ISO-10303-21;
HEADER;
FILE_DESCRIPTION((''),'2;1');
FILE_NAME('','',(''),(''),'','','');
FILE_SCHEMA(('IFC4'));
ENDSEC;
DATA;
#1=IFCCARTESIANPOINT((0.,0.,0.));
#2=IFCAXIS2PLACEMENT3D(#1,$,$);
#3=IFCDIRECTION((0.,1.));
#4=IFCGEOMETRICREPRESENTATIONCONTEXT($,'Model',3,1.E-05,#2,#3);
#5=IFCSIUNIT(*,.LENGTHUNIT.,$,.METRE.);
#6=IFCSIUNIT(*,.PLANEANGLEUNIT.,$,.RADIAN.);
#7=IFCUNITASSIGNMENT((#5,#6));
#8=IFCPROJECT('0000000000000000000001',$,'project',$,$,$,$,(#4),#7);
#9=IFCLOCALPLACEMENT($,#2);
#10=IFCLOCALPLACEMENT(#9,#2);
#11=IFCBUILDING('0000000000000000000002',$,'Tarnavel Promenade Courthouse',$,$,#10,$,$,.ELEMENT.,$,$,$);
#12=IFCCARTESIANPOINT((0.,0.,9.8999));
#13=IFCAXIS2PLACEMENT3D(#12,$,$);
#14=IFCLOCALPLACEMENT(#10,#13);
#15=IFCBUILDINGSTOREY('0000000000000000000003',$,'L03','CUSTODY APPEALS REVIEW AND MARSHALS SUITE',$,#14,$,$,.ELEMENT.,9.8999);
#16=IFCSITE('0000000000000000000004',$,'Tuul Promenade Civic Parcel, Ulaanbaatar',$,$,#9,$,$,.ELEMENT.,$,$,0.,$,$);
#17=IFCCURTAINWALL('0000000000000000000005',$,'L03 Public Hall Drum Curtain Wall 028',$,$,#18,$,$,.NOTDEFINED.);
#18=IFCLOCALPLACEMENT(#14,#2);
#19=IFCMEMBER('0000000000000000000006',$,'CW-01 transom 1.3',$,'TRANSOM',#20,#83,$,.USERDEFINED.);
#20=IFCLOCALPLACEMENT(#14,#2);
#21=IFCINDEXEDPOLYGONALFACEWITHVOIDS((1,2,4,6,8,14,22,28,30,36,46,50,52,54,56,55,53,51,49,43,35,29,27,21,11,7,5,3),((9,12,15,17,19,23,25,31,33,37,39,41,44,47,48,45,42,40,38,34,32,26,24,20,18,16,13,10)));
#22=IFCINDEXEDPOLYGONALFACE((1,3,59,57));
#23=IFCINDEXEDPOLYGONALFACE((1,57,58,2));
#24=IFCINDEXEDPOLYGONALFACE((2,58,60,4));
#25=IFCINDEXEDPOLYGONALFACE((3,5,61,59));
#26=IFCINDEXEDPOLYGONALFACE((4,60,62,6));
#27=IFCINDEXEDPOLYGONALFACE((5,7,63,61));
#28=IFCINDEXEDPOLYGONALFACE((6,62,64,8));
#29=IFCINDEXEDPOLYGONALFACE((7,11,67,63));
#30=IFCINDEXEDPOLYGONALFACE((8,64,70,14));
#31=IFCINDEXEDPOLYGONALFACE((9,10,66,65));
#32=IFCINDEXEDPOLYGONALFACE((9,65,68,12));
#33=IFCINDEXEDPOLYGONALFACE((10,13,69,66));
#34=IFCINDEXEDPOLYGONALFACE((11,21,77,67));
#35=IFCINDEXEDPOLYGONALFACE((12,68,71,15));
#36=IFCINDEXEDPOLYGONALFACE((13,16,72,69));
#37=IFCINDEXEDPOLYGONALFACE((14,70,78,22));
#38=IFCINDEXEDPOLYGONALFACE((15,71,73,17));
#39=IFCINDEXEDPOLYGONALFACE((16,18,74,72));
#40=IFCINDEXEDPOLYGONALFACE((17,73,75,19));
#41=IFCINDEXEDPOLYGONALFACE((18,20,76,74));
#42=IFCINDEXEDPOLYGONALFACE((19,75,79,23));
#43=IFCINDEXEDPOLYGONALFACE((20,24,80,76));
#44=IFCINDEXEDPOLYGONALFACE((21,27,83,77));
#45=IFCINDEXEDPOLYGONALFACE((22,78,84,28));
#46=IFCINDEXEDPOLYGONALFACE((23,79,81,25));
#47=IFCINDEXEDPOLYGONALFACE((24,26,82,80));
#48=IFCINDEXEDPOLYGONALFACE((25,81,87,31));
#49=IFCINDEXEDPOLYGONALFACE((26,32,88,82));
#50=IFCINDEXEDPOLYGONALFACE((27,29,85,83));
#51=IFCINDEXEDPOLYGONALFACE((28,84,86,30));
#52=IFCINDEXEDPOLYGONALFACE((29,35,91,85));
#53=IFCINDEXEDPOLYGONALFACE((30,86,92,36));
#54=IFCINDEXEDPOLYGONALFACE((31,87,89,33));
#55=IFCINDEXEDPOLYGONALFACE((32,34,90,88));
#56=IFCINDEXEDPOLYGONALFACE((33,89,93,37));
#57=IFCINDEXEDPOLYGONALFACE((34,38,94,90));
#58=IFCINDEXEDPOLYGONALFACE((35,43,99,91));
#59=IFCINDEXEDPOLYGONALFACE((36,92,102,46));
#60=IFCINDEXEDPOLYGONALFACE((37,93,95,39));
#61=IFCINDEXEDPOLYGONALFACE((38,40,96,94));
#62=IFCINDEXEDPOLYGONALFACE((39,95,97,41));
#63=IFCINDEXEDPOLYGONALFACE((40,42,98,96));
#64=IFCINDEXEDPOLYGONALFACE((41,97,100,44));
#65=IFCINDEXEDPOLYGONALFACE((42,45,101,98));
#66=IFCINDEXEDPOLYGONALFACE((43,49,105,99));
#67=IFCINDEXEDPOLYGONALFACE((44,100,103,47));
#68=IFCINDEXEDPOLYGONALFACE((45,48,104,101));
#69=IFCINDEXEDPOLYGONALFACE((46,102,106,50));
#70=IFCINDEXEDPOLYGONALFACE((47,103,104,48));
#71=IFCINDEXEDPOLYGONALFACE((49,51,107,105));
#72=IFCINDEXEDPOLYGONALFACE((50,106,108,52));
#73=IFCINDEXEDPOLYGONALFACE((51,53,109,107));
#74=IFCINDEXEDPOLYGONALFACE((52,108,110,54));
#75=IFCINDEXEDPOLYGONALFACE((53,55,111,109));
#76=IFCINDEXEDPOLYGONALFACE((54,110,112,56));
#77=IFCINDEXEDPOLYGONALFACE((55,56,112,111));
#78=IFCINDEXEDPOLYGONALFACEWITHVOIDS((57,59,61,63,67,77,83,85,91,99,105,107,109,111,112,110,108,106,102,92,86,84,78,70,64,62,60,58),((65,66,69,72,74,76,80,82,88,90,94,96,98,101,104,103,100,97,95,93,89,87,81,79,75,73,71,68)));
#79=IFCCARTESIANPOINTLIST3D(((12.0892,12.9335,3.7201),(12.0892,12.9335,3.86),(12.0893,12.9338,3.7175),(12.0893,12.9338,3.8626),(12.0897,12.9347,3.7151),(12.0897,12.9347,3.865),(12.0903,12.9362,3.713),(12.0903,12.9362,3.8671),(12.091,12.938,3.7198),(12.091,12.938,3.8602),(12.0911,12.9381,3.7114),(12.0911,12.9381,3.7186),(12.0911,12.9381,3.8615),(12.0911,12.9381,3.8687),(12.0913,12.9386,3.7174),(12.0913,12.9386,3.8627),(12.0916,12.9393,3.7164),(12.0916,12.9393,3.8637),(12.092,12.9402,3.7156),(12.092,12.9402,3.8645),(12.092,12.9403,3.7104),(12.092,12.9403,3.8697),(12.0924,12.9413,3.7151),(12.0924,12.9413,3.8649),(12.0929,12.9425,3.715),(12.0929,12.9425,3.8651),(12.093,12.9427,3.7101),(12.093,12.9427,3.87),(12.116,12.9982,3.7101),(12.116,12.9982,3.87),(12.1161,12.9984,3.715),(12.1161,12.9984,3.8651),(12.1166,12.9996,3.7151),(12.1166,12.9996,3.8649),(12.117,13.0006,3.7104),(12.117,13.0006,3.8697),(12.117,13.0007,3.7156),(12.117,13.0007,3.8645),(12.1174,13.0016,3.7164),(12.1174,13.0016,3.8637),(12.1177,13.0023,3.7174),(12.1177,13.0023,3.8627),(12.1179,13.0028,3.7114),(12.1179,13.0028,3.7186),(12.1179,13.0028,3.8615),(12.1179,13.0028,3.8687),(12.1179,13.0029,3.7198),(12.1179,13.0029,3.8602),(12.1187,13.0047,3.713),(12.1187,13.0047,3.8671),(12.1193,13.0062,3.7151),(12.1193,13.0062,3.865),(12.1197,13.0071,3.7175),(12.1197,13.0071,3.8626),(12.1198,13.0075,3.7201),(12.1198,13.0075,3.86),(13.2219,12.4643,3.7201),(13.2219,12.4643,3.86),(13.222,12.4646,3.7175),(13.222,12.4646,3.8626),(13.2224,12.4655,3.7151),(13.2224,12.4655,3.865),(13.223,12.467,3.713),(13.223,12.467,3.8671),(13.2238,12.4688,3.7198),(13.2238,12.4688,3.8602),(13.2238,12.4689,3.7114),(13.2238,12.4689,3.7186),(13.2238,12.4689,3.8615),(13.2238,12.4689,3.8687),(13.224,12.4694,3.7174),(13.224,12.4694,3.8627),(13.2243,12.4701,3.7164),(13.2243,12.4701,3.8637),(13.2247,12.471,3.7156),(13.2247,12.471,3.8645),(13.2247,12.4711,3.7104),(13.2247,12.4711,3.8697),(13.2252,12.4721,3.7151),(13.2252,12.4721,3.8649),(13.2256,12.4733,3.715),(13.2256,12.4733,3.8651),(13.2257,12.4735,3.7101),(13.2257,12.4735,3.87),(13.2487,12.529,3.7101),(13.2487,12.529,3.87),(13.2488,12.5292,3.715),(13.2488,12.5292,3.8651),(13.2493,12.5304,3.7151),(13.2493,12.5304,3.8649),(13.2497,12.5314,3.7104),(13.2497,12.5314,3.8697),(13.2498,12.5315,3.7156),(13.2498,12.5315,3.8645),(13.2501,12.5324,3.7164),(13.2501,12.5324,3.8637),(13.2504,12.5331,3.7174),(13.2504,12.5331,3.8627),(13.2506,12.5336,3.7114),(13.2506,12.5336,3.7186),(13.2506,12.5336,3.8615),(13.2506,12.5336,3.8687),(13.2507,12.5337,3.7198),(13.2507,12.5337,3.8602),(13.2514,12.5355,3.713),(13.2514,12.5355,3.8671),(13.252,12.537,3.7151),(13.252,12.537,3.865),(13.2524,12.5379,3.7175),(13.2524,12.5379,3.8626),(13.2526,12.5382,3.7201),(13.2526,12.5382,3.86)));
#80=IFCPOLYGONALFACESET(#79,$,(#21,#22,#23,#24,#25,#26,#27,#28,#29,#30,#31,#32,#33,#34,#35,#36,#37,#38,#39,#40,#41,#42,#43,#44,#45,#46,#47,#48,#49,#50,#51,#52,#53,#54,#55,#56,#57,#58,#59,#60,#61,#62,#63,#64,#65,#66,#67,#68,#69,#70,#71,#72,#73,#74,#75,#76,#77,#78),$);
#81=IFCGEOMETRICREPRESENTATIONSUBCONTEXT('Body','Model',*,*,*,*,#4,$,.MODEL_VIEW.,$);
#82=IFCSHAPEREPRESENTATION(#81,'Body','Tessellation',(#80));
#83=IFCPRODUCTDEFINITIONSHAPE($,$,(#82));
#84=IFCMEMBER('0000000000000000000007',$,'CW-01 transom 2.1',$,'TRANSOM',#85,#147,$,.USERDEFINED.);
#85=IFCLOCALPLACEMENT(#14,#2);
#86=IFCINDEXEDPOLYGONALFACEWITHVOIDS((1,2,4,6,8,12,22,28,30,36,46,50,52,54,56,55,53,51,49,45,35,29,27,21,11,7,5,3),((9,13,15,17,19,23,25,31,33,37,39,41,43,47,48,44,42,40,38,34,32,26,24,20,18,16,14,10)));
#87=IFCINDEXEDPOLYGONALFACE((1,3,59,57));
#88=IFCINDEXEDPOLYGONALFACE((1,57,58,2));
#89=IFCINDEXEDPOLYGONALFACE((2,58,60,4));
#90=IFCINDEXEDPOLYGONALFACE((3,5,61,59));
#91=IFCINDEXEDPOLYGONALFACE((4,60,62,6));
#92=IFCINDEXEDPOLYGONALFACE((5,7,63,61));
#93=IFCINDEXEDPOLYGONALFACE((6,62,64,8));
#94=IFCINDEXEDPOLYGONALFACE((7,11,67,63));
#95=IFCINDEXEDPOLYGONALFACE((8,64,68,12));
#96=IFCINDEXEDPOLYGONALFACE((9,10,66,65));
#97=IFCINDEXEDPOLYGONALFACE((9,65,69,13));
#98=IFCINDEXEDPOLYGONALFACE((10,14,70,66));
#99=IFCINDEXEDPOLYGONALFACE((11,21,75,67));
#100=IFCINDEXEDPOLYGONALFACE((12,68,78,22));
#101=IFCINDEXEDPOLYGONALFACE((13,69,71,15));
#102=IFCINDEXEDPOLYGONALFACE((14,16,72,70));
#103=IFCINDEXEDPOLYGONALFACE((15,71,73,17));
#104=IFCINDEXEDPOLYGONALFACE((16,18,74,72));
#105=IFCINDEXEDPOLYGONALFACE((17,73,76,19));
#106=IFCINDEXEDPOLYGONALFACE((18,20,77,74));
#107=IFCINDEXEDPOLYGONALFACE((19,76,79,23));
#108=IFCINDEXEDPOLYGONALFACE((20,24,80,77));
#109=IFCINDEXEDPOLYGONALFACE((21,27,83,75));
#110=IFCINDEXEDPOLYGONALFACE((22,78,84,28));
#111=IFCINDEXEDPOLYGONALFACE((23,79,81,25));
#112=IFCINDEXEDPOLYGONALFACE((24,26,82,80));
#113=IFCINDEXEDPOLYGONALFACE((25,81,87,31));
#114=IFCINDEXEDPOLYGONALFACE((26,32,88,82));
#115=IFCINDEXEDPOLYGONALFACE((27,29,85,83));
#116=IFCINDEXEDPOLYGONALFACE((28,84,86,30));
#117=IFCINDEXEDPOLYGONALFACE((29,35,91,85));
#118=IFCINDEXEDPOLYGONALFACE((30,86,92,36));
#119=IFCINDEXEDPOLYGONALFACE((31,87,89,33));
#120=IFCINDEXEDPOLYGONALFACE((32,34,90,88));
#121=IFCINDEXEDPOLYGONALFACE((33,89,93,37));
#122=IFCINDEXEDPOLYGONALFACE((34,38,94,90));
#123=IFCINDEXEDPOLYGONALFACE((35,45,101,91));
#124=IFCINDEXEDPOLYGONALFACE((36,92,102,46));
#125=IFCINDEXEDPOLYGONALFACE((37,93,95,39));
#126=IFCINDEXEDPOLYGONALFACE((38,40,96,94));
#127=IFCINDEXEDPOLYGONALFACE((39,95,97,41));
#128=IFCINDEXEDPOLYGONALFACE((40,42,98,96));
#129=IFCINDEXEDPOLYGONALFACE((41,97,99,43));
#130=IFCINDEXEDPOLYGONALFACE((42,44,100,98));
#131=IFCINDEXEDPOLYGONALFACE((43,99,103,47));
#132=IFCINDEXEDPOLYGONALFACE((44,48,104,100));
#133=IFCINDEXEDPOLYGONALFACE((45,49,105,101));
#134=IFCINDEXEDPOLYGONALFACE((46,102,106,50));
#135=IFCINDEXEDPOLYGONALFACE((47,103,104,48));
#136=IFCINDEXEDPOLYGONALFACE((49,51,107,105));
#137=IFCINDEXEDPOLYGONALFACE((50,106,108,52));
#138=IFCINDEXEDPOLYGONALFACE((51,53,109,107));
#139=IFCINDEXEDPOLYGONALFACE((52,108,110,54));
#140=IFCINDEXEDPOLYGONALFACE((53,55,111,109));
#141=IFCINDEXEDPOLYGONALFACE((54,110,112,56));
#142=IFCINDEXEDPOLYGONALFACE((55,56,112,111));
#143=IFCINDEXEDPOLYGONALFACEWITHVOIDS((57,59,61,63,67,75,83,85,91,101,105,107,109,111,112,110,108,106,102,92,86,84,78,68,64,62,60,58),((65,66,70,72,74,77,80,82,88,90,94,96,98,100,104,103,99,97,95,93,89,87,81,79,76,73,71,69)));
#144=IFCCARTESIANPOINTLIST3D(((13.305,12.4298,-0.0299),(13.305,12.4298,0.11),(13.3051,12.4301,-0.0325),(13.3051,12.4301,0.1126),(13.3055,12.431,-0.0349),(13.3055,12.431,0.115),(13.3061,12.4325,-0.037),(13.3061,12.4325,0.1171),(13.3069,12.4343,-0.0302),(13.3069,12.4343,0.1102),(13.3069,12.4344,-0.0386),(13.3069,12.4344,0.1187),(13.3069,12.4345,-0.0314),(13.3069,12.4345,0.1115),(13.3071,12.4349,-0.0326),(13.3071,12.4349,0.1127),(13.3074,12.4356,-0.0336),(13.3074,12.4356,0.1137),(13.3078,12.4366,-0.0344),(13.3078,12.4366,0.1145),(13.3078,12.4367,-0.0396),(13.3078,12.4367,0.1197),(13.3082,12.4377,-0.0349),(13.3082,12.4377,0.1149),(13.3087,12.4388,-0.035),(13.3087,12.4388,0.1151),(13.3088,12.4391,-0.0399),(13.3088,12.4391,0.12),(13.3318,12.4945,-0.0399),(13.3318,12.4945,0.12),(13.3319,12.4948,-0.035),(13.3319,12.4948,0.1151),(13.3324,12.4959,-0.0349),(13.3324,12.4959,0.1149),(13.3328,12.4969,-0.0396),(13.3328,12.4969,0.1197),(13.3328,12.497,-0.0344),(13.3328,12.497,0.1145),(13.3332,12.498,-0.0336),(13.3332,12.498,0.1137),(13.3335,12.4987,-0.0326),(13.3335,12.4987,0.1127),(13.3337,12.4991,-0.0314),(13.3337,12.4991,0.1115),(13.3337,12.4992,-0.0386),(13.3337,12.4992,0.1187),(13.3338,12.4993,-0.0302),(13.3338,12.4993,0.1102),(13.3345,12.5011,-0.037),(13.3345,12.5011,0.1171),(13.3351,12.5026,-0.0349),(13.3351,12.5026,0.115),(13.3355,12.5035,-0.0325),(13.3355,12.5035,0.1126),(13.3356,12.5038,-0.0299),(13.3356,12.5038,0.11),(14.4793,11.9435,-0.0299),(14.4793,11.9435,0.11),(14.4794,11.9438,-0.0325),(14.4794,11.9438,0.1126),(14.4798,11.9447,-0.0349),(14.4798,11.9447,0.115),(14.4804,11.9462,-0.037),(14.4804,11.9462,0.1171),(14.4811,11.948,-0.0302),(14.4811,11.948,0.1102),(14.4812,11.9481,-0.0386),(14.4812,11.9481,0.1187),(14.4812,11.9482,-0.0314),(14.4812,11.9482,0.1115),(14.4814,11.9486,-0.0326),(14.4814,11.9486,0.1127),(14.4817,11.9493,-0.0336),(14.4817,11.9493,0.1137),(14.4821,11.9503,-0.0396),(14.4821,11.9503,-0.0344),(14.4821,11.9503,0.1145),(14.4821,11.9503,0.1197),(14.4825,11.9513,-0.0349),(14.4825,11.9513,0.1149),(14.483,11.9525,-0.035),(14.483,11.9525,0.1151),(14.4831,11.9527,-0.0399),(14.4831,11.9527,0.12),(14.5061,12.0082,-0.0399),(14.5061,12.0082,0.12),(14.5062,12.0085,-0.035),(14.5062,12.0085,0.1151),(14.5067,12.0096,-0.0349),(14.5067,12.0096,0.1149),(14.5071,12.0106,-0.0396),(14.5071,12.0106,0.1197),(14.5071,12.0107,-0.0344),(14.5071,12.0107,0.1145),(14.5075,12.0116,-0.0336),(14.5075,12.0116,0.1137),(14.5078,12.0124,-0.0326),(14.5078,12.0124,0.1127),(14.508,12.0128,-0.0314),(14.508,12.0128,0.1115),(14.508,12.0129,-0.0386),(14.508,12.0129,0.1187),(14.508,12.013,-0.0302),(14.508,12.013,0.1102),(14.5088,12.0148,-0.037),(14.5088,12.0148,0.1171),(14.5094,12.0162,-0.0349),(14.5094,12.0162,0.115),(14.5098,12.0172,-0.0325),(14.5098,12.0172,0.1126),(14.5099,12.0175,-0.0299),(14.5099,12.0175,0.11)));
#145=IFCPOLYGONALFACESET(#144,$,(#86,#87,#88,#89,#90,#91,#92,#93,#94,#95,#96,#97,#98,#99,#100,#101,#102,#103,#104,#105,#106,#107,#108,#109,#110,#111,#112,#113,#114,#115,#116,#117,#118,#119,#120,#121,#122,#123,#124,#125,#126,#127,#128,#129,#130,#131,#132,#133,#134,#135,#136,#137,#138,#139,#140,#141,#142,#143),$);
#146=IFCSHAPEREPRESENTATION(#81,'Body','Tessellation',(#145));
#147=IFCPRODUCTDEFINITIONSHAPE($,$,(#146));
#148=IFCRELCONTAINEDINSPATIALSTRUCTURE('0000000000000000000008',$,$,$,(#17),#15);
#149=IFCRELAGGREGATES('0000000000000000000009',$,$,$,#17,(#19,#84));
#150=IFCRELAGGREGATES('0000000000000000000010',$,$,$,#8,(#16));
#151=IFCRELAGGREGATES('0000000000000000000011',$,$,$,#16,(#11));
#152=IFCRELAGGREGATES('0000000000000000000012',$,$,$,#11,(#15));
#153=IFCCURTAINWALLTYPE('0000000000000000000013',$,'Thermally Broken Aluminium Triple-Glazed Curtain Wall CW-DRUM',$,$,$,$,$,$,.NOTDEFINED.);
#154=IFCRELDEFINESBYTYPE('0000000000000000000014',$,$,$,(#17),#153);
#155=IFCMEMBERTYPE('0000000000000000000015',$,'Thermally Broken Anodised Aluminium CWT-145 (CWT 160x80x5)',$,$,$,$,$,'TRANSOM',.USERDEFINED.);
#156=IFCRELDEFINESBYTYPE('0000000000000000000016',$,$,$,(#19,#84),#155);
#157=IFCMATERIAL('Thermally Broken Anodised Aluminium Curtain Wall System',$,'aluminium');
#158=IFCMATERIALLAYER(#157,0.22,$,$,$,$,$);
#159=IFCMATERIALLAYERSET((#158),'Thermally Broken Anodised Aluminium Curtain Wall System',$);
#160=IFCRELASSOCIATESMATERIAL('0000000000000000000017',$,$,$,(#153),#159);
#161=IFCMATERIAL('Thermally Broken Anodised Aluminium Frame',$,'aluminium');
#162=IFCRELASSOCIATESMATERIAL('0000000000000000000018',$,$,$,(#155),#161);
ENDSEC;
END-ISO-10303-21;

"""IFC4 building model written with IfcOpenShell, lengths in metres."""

from ifc_helpers import new_model, si_unit, direction, frame, origin, origin_2d, place, context, subcontext, project, spatial, hollow_rectangle, extrude, material, layer, layer_set, material_profile, profile_set, type_object, element, aggregate, save


model = new_model("IFC4")

# Units and contexts
model_context = context("Model", 3, precision=1e-05, world=origin(), true_north=direction((0.0, 1.0)))
body_context = subcontext(model_context, "Body", "Model", "MODEL_VIEW")
ifc_project = project(units=[si_unit("LENGTHUNIT", "METRE"), si_unit("PLANEANGLEUNIT", "RADIAN")], contexts=[model_context])

# Site, building, storey
site_placement = place(None, origin())
site = spatial("IfcSite", under=ifc_project, at=site_placement, Name="Tuul Promenade Civic Parcel, Ulaanbaatar", CompositionType="ELEMENT", RefElevation=0.0)
building_placement = place(site_placement, origin())
building = spatial("IfcBuilding", under=site, at=building_placement, Name="Tarnavel Promenade Courthouse", CompositionType="ELEMENT")
storey_placement = place(building_placement, frame((0.0, 0.0, 9.8999)))
storey = spatial("IfcBuildingStorey", under=building, at=storey_placement, Name="L03", Description="CUSTODY APPEALS REVIEW AND MARSHALS SUITE", CompositionType="ELEMENT", Elevation=9.8999)

# Curtain wall, members
ifc_material_1 = material(Name="Thermally Broken Anodised Aluminium Curtain Wall System", Category="aluminium")
ifc_layer_1 = layer(ifc_material_1, 0.22)
ifc_layer_set_1 = layer_set([ifc_layer_1], Name="Thermally Broken Anodised Aluminium Curtain Wall System")
curtain_wall_type = type_object("IfcCurtainWallType", Name="Thermally Broken Aluminium Triple-Glazed Curtain Wall CW-DRUM", PredefinedType="NOTDEFINED", material=ifc_layer_set_1)
curtain_wall_placement = place(storey_placement, origin())
curtain_wall = element("IfcCurtainWall", 1, at=curtain_wall_placement, inside=storey, type_object=curtain_wall_type, Name="L03 Public Hall Drum Curtain Wall 028", PredefinedType="NOTDEFINED")
ifc_material_2 = material(Name="Thermally Broken Anodised Aluminium Frame", Category="aluminium")
ifc_material_profile_1 = material_profile(ifc_material_2, hollow_rectangle(XDim=0.0801, YDim=0.1599, WallThickness=0.0049, InnerFilletRadius=0.0049, OuterFilletRadius=0.01, at=origin_2d()), Name="CWT 160x80x5")
ifc_profile_set_1 = profile_set([ifc_material_profile_1], Name="Thermally Broken Anodised Aluminium Frame")
member_type_1 = type_object("IfcMemberType", Name="Thermally Broken Anodised Aluminium CWT-145 (CWT 160x80x5)", ElementType="TRANSOM", PredefinedType="USERDEFINED", material=ifc_profile_set_1)
member_1_placement = place(storey_placement, frame((12.1045, 12.9705, 3.79), z_axis=(0.923876, -0.382692, 0.0), x_axis=(0.382692, 0.923876, 0.0)))
member_1 = element("IfcMember", 2, at=member_1_placement, type_object=member_type_1, Name="CW-01 transom 1.3", ObjectType="TRANSOM", PredefinedType="USERDEFINED", context=body_context, shape_type="SweptSolid", body=[
    extrude(hollow_rectangle(XDim=0.0801, YDim=0.1599, WallThickness=0.0049, InnerFilletRadius=0.0049, OuterFilletRadius=0.01, at=origin_2d()), origin(), (0.0, 0.0, 1.0), 1.2261),
])
member_2_placement = place(storey_placement, frame((13.3203, 12.4668, 0.04), z_axis=(0.923904, -0.382623, 0.0), x_axis=(0.382623, 0.923904, 0.0)))
member_2 = element("IfcMember", 3, at=member_2_placement, type_object=member_type_1, Name="CW-01 transom 2.1", ObjectType="TRANSOM", PredefinedType="USERDEFINED", context=body_context, shape_type="SweptSolid", body=[
    extrude(hollow_rectangle(XDim=0.0801, YDim=0.1599, WallThickness=0.0049, InnerFilletRadius=0.0049, OuterFilletRadius=0.01, at=origin_2d()), origin(), (0.0, 0.0, 1.0), 1.271),
])

aggregate(curtain_wall, [member_1, member_2])

save(model, "model.ifc")
